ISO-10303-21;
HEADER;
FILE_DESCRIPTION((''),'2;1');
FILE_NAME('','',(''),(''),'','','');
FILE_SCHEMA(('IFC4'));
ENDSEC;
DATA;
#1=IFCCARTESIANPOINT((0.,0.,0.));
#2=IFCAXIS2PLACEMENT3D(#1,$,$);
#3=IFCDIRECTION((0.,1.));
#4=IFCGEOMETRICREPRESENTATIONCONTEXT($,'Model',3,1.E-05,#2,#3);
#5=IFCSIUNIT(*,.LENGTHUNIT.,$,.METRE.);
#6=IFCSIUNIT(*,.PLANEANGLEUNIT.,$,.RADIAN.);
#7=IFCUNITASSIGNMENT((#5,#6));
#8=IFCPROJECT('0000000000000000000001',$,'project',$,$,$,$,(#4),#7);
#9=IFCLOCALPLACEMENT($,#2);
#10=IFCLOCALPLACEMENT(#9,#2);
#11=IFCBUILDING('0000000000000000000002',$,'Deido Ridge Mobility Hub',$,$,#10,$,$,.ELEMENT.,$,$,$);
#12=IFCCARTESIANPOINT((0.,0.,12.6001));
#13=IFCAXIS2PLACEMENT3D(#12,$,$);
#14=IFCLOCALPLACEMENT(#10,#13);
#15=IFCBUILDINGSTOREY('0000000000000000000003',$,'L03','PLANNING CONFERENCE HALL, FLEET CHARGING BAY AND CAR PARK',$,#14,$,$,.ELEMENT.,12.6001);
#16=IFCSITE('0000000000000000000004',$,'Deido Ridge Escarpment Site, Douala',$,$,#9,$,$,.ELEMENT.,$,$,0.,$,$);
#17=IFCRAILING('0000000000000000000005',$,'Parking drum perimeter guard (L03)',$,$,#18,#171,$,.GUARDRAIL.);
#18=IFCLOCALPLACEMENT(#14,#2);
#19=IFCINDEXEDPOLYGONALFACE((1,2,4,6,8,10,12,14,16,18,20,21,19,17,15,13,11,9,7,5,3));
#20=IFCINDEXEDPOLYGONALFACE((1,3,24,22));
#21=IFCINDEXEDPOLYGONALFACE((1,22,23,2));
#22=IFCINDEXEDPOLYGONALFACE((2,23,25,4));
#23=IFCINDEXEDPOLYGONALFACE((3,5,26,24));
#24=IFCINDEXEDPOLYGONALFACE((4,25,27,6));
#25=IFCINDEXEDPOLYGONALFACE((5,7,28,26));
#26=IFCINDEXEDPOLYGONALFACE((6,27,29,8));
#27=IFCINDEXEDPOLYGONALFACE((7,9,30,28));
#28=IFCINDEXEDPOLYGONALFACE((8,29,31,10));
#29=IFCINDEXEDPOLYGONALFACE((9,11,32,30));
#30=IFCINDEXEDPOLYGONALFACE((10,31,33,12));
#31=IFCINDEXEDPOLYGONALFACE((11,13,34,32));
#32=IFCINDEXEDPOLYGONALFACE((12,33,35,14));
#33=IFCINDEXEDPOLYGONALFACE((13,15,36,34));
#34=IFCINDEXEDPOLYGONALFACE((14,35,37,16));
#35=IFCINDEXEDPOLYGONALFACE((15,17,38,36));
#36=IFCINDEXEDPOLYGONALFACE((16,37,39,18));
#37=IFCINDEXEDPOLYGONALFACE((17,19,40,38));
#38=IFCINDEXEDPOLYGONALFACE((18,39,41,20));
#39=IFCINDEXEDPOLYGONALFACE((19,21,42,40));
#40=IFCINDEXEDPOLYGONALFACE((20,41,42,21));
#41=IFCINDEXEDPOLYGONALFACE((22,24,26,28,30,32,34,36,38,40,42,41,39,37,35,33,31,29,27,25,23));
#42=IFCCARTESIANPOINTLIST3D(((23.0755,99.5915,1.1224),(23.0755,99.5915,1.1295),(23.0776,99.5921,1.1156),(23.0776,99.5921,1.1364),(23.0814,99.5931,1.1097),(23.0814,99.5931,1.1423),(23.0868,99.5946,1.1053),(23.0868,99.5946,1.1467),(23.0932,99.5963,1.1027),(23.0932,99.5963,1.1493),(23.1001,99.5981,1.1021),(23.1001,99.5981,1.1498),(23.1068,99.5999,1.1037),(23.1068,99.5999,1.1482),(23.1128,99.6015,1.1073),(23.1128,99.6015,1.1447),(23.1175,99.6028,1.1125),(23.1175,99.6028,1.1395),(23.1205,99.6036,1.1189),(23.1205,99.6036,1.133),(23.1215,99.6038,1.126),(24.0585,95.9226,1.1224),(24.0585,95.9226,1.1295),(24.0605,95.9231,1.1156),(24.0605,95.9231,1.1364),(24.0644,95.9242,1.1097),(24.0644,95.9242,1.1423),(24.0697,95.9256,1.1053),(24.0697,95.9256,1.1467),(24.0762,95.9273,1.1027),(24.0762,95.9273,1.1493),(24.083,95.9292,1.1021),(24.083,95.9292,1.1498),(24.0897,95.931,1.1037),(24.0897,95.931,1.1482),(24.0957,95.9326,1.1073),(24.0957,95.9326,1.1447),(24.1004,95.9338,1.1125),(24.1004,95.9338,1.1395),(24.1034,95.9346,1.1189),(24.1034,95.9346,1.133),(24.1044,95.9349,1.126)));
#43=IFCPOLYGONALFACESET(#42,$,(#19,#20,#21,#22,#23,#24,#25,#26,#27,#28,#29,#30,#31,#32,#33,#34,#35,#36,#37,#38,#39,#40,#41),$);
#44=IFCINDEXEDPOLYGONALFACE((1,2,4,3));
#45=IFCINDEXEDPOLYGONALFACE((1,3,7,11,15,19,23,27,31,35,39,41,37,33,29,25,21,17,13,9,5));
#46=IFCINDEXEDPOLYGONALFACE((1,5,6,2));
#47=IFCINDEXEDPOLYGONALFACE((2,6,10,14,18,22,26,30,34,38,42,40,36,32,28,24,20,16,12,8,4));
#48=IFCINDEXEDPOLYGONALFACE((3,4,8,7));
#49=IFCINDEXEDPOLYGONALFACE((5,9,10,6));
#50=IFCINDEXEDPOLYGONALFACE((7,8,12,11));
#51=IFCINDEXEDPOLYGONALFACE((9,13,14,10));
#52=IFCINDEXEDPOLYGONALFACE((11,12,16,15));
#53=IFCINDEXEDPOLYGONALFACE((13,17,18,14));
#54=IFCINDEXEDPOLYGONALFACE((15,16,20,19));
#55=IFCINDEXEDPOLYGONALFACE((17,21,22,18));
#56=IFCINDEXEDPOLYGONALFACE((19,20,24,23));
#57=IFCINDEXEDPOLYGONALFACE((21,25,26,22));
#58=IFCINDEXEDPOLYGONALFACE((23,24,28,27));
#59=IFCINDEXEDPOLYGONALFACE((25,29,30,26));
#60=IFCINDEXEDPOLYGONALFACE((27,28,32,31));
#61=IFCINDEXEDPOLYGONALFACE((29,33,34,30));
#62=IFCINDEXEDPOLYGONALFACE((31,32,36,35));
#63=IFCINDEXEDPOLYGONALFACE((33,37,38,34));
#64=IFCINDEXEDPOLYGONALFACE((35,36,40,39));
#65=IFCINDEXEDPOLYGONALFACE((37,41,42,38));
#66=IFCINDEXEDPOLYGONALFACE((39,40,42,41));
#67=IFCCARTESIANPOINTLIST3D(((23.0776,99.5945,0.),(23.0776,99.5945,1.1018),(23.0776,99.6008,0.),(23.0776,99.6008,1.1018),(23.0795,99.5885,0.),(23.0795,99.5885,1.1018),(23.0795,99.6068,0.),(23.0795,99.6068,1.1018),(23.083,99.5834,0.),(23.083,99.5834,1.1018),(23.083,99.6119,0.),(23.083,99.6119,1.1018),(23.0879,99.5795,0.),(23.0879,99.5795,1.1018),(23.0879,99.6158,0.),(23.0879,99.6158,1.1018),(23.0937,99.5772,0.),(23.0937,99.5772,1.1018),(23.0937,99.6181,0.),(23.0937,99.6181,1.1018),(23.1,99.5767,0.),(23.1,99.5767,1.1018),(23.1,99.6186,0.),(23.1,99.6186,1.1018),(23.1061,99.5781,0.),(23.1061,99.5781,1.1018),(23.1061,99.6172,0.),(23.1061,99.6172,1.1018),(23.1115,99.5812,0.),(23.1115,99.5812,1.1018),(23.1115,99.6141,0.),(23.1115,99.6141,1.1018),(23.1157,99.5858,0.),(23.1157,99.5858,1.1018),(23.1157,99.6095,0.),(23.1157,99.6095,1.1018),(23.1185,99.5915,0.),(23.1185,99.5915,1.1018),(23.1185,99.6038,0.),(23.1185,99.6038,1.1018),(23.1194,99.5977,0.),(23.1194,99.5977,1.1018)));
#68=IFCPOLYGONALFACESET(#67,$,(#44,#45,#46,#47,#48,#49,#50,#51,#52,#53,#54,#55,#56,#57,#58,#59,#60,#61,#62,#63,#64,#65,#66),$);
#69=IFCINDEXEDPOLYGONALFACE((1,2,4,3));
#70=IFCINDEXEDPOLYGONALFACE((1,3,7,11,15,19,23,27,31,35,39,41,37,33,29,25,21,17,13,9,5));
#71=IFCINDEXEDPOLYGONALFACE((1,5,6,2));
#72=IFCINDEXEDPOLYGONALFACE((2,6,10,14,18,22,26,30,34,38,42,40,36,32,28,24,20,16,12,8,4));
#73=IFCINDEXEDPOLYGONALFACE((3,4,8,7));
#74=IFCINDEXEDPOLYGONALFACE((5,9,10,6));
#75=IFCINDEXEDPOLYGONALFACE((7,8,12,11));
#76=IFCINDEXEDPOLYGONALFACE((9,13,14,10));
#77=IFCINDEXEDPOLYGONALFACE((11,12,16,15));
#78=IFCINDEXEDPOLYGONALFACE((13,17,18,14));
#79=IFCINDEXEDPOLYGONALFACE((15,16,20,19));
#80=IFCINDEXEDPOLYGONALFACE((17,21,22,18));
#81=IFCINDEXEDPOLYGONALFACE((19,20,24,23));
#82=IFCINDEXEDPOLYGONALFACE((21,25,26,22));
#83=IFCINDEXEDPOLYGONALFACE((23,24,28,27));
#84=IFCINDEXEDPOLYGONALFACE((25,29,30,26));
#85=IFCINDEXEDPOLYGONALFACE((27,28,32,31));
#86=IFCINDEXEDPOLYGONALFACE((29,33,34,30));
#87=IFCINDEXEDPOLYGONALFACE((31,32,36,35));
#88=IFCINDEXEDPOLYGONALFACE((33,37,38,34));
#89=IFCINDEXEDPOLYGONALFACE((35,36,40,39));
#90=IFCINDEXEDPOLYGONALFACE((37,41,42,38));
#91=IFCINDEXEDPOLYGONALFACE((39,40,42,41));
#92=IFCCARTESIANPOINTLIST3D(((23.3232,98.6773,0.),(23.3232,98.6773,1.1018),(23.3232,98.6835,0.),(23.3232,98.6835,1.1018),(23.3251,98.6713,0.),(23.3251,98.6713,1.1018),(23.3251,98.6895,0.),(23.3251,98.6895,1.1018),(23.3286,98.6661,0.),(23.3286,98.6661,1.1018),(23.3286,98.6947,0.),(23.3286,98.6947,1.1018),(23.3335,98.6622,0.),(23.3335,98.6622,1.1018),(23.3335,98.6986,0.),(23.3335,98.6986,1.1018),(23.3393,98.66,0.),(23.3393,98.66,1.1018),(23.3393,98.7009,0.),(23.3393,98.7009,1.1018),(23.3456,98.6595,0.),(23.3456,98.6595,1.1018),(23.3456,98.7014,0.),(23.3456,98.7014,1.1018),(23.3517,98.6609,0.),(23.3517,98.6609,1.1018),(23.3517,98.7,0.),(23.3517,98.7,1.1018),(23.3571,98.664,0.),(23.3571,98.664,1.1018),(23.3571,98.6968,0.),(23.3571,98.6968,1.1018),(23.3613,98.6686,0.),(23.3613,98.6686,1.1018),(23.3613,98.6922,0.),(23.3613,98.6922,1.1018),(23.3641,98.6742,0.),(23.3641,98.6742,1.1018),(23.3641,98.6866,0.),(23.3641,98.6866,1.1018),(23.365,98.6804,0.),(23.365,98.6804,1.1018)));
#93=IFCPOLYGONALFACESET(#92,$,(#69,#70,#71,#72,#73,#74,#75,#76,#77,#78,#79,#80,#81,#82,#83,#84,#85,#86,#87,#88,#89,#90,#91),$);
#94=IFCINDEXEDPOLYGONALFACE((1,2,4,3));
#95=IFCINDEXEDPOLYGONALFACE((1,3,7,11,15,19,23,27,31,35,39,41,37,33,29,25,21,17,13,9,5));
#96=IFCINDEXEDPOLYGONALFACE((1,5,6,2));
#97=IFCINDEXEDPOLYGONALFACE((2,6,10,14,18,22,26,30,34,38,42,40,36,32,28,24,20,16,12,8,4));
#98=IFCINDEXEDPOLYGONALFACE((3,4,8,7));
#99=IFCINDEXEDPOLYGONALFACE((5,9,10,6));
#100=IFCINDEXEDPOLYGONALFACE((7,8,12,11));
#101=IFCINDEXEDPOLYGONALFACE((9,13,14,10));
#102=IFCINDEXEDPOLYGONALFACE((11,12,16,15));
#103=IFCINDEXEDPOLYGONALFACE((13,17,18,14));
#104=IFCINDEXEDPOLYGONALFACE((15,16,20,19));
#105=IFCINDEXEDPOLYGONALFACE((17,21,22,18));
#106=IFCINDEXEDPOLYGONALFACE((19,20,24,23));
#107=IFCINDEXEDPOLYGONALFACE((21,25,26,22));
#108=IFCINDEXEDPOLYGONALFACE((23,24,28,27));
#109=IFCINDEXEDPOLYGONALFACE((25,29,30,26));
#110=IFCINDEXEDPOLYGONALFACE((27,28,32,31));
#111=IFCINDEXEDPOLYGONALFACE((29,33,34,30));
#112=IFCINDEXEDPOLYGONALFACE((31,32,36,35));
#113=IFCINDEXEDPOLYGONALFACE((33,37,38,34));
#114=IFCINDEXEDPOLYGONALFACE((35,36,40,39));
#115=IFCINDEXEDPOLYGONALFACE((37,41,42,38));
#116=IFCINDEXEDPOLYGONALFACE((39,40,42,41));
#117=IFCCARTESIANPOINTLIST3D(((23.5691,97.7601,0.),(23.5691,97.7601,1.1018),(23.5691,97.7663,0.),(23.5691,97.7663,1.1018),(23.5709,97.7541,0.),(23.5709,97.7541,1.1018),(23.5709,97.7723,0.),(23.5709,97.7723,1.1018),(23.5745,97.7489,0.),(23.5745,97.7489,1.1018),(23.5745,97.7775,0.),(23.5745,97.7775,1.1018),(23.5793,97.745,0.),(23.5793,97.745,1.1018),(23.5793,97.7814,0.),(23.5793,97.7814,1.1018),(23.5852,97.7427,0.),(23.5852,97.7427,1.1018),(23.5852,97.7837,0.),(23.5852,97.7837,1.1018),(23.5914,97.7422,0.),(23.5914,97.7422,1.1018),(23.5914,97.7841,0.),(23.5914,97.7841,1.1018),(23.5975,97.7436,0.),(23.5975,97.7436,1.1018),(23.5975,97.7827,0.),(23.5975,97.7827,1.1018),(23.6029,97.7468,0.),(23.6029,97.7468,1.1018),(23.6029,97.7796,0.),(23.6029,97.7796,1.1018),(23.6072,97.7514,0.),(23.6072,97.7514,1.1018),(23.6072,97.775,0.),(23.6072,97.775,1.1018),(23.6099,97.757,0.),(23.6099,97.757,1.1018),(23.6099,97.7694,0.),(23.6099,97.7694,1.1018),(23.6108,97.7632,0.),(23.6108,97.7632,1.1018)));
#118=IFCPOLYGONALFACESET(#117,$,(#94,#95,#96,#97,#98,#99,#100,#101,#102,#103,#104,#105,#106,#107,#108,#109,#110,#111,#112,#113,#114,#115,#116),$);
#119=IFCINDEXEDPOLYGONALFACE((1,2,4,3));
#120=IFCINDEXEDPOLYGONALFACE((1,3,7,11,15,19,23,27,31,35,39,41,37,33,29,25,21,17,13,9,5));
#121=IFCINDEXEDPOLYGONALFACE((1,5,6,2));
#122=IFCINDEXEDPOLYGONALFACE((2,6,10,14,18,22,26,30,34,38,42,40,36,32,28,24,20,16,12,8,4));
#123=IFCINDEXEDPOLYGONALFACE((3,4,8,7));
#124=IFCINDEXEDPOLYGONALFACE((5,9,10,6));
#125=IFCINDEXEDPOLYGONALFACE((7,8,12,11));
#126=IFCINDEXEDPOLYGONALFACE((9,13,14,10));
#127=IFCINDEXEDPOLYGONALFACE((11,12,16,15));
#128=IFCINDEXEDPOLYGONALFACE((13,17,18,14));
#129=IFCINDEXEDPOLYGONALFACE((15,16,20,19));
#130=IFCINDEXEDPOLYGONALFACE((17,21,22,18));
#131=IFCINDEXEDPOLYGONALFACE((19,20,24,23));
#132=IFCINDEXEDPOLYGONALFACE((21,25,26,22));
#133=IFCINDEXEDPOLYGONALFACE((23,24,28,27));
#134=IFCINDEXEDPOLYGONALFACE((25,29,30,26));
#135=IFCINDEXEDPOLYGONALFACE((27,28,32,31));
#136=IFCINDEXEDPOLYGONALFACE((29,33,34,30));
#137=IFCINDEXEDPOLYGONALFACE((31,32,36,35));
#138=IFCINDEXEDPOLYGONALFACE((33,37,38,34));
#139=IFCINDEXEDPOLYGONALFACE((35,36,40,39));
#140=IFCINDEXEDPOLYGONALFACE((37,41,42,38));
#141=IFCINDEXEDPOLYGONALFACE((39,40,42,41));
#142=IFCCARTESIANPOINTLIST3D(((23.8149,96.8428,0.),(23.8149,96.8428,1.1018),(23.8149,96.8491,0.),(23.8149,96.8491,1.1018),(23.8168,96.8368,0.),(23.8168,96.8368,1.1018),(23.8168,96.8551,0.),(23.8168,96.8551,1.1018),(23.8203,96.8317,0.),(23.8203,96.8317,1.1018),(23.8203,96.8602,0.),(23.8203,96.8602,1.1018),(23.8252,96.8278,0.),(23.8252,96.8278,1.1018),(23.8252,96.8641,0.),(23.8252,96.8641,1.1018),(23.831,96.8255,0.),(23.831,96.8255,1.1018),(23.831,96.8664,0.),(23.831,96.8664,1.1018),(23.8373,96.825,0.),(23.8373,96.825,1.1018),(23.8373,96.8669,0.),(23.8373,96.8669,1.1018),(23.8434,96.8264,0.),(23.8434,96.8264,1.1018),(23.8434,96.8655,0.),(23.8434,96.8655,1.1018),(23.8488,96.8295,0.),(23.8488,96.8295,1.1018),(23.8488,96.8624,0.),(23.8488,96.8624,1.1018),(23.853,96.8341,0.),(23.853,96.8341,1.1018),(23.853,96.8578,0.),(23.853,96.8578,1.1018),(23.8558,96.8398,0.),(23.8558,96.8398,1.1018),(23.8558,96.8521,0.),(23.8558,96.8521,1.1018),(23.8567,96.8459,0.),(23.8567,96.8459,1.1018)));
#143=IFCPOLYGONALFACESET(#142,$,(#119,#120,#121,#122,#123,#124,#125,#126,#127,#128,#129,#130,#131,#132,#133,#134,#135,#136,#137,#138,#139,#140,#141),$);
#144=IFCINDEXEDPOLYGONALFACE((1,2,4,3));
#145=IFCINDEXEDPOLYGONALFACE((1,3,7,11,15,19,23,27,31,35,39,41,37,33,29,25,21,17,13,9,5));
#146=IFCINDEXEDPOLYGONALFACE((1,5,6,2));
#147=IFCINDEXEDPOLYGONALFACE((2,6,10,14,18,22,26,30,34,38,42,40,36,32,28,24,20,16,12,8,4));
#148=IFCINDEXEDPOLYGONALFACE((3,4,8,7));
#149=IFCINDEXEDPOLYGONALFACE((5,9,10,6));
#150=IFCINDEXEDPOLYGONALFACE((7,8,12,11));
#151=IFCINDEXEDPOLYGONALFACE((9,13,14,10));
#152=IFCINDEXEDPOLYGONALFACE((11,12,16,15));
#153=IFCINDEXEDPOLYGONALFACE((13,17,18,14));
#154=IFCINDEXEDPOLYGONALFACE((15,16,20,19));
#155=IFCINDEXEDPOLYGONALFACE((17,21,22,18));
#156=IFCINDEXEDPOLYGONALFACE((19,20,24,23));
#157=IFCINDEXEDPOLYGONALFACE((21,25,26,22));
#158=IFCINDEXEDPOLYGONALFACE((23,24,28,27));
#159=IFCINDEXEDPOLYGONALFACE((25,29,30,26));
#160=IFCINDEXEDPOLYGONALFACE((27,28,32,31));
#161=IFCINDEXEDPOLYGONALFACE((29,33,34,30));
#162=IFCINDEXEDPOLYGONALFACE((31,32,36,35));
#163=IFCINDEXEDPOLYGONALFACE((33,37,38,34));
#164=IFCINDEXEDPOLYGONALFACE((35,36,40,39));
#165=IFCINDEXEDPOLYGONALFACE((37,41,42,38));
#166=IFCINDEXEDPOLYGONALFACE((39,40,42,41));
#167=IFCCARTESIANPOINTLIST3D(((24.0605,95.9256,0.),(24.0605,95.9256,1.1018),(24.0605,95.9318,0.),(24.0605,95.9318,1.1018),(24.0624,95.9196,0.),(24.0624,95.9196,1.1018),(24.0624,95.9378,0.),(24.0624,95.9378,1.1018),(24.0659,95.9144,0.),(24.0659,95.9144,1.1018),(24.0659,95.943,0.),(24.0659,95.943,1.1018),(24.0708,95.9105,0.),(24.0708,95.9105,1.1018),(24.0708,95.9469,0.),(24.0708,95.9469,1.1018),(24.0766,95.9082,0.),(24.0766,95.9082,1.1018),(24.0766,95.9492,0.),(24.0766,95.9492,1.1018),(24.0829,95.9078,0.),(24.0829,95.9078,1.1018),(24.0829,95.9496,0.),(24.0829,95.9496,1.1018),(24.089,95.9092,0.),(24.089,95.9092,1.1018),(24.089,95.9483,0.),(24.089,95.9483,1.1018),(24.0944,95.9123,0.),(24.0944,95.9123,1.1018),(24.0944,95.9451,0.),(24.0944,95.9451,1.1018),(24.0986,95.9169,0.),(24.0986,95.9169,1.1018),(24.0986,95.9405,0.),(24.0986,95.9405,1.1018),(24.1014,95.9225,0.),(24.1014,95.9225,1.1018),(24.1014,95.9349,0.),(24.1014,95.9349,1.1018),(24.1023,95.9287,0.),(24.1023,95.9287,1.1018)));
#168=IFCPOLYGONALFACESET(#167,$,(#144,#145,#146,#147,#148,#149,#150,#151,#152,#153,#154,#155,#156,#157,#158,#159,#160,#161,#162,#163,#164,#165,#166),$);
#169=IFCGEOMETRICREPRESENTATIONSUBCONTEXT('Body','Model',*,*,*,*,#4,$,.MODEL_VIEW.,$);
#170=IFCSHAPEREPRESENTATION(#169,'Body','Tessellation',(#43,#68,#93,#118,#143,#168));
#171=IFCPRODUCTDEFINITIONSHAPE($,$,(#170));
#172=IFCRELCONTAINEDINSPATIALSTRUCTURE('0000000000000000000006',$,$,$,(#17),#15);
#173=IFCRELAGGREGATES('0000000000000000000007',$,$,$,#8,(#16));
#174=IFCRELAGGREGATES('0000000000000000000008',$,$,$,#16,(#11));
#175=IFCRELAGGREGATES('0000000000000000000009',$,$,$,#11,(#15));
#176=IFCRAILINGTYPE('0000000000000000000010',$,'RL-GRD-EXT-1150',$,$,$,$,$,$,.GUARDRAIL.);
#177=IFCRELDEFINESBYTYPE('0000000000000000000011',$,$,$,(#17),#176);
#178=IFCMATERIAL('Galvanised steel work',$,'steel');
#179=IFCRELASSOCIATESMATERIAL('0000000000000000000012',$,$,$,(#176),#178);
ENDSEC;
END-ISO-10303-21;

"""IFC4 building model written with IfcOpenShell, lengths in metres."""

from ifc_helpers import new_model, si_unit, direction, frame, origin, origin_2d, place, context, subcontext, project, spatial, circle, extrude, material, type_object, element, save


model = new_model("IFC4")

# Units and contexts
model_context = context("Model", 3, precision=1e-05, world=origin(), true_north=direction((0.0, 1.0)))
body_context = subcontext(model_context, "Body", "Model", "MODEL_VIEW")
ifc_project = project(units=[si_unit("LENGTHUNIT", "METRE"), si_unit("PLANEANGLEUNIT", "RADIAN")], contexts=[model_context])

# Site, building, storey
site_placement = place(None, origin())
site = spatial("IfcSite", under=ifc_project, at=site_placement, Name="Deido Ridge Escarpment Site, Douala", CompositionType="ELEMENT", RefElevation=0.0)
building_placement = place(site_placement, origin())
building = spatial("IfcBuilding", under=site, at=building_placement, Name="Deido Ridge Mobility Hub", CompositionType="ELEMENT")
storey_placement = place(building_placement, frame((0.0, 0.0, 12.6001)))
storey = spatial("IfcBuildingStorey", under=building, at=storey_placement, Name="L03", Description="PLANNING CONFERENCE HALL, FLEET CHARGING BAY AND CAR PARK", CompositionType="ELEMENT", Elevation=12.6001)

# Railing
ifc_material_1 = material(Name="Galvanised steel work", Category="steel")
railing_type = type_object("IfcRailingType", Name="RL-GRD-EXT-1150", PredefinedType="GUARDRAIL", material=ifc_material_1)
railing_1_placement = place(storey_placement, frame((23.0984, 99.5977, 0.0)))
element("IfcRailing", 1, at=railing_1_placement, inside=storey, type_object=railing_type, Name="Parking drum perimeter guard (L03)", PredefinedType="GUARDRAIL", context=body_context, shape_type="SweptSolid", body=[
    extrude(circle(Radius=0.0239, at=origin_2d()), frame((0.0, 0.0, 1.126), z_axis=(0.258775, -0.965938, 0.0), x_axis=(0.965938, 0.258775, 0.0)), (0.0, 0.0, 1.0), 3.7983),
    extrude(circle(Radius=0.021, at=origin_2d()), origin(), (0.0, 0.0, 1.0), 1.1018),
    extrude(circle(Radius=0.021, at=origin_2d()), frame((0.2456, -0.9172, 0.0)), (0.0, 0.0, 1.0), 1.1018),
    extrude(circle(Radius=0.021, at=origin_2d()), frame((0.4915, -1.8345, 0.0)), (0.0, 0.0, 1.0), 1.1018),
    extrude(circle(Radius=0.021, at=origin_2d()), frame((0.7373, -2.7517, 0.0)), (0.0, 0.0, 1.0), 1.1018),
    extrude(circle(Radius=0.021, at=origin_2d()), frame((0.9829, -3.6689, 0.0)), (0.0, 0.0, 1.0), 1.1018),
])

save(model, "model.ifc")
